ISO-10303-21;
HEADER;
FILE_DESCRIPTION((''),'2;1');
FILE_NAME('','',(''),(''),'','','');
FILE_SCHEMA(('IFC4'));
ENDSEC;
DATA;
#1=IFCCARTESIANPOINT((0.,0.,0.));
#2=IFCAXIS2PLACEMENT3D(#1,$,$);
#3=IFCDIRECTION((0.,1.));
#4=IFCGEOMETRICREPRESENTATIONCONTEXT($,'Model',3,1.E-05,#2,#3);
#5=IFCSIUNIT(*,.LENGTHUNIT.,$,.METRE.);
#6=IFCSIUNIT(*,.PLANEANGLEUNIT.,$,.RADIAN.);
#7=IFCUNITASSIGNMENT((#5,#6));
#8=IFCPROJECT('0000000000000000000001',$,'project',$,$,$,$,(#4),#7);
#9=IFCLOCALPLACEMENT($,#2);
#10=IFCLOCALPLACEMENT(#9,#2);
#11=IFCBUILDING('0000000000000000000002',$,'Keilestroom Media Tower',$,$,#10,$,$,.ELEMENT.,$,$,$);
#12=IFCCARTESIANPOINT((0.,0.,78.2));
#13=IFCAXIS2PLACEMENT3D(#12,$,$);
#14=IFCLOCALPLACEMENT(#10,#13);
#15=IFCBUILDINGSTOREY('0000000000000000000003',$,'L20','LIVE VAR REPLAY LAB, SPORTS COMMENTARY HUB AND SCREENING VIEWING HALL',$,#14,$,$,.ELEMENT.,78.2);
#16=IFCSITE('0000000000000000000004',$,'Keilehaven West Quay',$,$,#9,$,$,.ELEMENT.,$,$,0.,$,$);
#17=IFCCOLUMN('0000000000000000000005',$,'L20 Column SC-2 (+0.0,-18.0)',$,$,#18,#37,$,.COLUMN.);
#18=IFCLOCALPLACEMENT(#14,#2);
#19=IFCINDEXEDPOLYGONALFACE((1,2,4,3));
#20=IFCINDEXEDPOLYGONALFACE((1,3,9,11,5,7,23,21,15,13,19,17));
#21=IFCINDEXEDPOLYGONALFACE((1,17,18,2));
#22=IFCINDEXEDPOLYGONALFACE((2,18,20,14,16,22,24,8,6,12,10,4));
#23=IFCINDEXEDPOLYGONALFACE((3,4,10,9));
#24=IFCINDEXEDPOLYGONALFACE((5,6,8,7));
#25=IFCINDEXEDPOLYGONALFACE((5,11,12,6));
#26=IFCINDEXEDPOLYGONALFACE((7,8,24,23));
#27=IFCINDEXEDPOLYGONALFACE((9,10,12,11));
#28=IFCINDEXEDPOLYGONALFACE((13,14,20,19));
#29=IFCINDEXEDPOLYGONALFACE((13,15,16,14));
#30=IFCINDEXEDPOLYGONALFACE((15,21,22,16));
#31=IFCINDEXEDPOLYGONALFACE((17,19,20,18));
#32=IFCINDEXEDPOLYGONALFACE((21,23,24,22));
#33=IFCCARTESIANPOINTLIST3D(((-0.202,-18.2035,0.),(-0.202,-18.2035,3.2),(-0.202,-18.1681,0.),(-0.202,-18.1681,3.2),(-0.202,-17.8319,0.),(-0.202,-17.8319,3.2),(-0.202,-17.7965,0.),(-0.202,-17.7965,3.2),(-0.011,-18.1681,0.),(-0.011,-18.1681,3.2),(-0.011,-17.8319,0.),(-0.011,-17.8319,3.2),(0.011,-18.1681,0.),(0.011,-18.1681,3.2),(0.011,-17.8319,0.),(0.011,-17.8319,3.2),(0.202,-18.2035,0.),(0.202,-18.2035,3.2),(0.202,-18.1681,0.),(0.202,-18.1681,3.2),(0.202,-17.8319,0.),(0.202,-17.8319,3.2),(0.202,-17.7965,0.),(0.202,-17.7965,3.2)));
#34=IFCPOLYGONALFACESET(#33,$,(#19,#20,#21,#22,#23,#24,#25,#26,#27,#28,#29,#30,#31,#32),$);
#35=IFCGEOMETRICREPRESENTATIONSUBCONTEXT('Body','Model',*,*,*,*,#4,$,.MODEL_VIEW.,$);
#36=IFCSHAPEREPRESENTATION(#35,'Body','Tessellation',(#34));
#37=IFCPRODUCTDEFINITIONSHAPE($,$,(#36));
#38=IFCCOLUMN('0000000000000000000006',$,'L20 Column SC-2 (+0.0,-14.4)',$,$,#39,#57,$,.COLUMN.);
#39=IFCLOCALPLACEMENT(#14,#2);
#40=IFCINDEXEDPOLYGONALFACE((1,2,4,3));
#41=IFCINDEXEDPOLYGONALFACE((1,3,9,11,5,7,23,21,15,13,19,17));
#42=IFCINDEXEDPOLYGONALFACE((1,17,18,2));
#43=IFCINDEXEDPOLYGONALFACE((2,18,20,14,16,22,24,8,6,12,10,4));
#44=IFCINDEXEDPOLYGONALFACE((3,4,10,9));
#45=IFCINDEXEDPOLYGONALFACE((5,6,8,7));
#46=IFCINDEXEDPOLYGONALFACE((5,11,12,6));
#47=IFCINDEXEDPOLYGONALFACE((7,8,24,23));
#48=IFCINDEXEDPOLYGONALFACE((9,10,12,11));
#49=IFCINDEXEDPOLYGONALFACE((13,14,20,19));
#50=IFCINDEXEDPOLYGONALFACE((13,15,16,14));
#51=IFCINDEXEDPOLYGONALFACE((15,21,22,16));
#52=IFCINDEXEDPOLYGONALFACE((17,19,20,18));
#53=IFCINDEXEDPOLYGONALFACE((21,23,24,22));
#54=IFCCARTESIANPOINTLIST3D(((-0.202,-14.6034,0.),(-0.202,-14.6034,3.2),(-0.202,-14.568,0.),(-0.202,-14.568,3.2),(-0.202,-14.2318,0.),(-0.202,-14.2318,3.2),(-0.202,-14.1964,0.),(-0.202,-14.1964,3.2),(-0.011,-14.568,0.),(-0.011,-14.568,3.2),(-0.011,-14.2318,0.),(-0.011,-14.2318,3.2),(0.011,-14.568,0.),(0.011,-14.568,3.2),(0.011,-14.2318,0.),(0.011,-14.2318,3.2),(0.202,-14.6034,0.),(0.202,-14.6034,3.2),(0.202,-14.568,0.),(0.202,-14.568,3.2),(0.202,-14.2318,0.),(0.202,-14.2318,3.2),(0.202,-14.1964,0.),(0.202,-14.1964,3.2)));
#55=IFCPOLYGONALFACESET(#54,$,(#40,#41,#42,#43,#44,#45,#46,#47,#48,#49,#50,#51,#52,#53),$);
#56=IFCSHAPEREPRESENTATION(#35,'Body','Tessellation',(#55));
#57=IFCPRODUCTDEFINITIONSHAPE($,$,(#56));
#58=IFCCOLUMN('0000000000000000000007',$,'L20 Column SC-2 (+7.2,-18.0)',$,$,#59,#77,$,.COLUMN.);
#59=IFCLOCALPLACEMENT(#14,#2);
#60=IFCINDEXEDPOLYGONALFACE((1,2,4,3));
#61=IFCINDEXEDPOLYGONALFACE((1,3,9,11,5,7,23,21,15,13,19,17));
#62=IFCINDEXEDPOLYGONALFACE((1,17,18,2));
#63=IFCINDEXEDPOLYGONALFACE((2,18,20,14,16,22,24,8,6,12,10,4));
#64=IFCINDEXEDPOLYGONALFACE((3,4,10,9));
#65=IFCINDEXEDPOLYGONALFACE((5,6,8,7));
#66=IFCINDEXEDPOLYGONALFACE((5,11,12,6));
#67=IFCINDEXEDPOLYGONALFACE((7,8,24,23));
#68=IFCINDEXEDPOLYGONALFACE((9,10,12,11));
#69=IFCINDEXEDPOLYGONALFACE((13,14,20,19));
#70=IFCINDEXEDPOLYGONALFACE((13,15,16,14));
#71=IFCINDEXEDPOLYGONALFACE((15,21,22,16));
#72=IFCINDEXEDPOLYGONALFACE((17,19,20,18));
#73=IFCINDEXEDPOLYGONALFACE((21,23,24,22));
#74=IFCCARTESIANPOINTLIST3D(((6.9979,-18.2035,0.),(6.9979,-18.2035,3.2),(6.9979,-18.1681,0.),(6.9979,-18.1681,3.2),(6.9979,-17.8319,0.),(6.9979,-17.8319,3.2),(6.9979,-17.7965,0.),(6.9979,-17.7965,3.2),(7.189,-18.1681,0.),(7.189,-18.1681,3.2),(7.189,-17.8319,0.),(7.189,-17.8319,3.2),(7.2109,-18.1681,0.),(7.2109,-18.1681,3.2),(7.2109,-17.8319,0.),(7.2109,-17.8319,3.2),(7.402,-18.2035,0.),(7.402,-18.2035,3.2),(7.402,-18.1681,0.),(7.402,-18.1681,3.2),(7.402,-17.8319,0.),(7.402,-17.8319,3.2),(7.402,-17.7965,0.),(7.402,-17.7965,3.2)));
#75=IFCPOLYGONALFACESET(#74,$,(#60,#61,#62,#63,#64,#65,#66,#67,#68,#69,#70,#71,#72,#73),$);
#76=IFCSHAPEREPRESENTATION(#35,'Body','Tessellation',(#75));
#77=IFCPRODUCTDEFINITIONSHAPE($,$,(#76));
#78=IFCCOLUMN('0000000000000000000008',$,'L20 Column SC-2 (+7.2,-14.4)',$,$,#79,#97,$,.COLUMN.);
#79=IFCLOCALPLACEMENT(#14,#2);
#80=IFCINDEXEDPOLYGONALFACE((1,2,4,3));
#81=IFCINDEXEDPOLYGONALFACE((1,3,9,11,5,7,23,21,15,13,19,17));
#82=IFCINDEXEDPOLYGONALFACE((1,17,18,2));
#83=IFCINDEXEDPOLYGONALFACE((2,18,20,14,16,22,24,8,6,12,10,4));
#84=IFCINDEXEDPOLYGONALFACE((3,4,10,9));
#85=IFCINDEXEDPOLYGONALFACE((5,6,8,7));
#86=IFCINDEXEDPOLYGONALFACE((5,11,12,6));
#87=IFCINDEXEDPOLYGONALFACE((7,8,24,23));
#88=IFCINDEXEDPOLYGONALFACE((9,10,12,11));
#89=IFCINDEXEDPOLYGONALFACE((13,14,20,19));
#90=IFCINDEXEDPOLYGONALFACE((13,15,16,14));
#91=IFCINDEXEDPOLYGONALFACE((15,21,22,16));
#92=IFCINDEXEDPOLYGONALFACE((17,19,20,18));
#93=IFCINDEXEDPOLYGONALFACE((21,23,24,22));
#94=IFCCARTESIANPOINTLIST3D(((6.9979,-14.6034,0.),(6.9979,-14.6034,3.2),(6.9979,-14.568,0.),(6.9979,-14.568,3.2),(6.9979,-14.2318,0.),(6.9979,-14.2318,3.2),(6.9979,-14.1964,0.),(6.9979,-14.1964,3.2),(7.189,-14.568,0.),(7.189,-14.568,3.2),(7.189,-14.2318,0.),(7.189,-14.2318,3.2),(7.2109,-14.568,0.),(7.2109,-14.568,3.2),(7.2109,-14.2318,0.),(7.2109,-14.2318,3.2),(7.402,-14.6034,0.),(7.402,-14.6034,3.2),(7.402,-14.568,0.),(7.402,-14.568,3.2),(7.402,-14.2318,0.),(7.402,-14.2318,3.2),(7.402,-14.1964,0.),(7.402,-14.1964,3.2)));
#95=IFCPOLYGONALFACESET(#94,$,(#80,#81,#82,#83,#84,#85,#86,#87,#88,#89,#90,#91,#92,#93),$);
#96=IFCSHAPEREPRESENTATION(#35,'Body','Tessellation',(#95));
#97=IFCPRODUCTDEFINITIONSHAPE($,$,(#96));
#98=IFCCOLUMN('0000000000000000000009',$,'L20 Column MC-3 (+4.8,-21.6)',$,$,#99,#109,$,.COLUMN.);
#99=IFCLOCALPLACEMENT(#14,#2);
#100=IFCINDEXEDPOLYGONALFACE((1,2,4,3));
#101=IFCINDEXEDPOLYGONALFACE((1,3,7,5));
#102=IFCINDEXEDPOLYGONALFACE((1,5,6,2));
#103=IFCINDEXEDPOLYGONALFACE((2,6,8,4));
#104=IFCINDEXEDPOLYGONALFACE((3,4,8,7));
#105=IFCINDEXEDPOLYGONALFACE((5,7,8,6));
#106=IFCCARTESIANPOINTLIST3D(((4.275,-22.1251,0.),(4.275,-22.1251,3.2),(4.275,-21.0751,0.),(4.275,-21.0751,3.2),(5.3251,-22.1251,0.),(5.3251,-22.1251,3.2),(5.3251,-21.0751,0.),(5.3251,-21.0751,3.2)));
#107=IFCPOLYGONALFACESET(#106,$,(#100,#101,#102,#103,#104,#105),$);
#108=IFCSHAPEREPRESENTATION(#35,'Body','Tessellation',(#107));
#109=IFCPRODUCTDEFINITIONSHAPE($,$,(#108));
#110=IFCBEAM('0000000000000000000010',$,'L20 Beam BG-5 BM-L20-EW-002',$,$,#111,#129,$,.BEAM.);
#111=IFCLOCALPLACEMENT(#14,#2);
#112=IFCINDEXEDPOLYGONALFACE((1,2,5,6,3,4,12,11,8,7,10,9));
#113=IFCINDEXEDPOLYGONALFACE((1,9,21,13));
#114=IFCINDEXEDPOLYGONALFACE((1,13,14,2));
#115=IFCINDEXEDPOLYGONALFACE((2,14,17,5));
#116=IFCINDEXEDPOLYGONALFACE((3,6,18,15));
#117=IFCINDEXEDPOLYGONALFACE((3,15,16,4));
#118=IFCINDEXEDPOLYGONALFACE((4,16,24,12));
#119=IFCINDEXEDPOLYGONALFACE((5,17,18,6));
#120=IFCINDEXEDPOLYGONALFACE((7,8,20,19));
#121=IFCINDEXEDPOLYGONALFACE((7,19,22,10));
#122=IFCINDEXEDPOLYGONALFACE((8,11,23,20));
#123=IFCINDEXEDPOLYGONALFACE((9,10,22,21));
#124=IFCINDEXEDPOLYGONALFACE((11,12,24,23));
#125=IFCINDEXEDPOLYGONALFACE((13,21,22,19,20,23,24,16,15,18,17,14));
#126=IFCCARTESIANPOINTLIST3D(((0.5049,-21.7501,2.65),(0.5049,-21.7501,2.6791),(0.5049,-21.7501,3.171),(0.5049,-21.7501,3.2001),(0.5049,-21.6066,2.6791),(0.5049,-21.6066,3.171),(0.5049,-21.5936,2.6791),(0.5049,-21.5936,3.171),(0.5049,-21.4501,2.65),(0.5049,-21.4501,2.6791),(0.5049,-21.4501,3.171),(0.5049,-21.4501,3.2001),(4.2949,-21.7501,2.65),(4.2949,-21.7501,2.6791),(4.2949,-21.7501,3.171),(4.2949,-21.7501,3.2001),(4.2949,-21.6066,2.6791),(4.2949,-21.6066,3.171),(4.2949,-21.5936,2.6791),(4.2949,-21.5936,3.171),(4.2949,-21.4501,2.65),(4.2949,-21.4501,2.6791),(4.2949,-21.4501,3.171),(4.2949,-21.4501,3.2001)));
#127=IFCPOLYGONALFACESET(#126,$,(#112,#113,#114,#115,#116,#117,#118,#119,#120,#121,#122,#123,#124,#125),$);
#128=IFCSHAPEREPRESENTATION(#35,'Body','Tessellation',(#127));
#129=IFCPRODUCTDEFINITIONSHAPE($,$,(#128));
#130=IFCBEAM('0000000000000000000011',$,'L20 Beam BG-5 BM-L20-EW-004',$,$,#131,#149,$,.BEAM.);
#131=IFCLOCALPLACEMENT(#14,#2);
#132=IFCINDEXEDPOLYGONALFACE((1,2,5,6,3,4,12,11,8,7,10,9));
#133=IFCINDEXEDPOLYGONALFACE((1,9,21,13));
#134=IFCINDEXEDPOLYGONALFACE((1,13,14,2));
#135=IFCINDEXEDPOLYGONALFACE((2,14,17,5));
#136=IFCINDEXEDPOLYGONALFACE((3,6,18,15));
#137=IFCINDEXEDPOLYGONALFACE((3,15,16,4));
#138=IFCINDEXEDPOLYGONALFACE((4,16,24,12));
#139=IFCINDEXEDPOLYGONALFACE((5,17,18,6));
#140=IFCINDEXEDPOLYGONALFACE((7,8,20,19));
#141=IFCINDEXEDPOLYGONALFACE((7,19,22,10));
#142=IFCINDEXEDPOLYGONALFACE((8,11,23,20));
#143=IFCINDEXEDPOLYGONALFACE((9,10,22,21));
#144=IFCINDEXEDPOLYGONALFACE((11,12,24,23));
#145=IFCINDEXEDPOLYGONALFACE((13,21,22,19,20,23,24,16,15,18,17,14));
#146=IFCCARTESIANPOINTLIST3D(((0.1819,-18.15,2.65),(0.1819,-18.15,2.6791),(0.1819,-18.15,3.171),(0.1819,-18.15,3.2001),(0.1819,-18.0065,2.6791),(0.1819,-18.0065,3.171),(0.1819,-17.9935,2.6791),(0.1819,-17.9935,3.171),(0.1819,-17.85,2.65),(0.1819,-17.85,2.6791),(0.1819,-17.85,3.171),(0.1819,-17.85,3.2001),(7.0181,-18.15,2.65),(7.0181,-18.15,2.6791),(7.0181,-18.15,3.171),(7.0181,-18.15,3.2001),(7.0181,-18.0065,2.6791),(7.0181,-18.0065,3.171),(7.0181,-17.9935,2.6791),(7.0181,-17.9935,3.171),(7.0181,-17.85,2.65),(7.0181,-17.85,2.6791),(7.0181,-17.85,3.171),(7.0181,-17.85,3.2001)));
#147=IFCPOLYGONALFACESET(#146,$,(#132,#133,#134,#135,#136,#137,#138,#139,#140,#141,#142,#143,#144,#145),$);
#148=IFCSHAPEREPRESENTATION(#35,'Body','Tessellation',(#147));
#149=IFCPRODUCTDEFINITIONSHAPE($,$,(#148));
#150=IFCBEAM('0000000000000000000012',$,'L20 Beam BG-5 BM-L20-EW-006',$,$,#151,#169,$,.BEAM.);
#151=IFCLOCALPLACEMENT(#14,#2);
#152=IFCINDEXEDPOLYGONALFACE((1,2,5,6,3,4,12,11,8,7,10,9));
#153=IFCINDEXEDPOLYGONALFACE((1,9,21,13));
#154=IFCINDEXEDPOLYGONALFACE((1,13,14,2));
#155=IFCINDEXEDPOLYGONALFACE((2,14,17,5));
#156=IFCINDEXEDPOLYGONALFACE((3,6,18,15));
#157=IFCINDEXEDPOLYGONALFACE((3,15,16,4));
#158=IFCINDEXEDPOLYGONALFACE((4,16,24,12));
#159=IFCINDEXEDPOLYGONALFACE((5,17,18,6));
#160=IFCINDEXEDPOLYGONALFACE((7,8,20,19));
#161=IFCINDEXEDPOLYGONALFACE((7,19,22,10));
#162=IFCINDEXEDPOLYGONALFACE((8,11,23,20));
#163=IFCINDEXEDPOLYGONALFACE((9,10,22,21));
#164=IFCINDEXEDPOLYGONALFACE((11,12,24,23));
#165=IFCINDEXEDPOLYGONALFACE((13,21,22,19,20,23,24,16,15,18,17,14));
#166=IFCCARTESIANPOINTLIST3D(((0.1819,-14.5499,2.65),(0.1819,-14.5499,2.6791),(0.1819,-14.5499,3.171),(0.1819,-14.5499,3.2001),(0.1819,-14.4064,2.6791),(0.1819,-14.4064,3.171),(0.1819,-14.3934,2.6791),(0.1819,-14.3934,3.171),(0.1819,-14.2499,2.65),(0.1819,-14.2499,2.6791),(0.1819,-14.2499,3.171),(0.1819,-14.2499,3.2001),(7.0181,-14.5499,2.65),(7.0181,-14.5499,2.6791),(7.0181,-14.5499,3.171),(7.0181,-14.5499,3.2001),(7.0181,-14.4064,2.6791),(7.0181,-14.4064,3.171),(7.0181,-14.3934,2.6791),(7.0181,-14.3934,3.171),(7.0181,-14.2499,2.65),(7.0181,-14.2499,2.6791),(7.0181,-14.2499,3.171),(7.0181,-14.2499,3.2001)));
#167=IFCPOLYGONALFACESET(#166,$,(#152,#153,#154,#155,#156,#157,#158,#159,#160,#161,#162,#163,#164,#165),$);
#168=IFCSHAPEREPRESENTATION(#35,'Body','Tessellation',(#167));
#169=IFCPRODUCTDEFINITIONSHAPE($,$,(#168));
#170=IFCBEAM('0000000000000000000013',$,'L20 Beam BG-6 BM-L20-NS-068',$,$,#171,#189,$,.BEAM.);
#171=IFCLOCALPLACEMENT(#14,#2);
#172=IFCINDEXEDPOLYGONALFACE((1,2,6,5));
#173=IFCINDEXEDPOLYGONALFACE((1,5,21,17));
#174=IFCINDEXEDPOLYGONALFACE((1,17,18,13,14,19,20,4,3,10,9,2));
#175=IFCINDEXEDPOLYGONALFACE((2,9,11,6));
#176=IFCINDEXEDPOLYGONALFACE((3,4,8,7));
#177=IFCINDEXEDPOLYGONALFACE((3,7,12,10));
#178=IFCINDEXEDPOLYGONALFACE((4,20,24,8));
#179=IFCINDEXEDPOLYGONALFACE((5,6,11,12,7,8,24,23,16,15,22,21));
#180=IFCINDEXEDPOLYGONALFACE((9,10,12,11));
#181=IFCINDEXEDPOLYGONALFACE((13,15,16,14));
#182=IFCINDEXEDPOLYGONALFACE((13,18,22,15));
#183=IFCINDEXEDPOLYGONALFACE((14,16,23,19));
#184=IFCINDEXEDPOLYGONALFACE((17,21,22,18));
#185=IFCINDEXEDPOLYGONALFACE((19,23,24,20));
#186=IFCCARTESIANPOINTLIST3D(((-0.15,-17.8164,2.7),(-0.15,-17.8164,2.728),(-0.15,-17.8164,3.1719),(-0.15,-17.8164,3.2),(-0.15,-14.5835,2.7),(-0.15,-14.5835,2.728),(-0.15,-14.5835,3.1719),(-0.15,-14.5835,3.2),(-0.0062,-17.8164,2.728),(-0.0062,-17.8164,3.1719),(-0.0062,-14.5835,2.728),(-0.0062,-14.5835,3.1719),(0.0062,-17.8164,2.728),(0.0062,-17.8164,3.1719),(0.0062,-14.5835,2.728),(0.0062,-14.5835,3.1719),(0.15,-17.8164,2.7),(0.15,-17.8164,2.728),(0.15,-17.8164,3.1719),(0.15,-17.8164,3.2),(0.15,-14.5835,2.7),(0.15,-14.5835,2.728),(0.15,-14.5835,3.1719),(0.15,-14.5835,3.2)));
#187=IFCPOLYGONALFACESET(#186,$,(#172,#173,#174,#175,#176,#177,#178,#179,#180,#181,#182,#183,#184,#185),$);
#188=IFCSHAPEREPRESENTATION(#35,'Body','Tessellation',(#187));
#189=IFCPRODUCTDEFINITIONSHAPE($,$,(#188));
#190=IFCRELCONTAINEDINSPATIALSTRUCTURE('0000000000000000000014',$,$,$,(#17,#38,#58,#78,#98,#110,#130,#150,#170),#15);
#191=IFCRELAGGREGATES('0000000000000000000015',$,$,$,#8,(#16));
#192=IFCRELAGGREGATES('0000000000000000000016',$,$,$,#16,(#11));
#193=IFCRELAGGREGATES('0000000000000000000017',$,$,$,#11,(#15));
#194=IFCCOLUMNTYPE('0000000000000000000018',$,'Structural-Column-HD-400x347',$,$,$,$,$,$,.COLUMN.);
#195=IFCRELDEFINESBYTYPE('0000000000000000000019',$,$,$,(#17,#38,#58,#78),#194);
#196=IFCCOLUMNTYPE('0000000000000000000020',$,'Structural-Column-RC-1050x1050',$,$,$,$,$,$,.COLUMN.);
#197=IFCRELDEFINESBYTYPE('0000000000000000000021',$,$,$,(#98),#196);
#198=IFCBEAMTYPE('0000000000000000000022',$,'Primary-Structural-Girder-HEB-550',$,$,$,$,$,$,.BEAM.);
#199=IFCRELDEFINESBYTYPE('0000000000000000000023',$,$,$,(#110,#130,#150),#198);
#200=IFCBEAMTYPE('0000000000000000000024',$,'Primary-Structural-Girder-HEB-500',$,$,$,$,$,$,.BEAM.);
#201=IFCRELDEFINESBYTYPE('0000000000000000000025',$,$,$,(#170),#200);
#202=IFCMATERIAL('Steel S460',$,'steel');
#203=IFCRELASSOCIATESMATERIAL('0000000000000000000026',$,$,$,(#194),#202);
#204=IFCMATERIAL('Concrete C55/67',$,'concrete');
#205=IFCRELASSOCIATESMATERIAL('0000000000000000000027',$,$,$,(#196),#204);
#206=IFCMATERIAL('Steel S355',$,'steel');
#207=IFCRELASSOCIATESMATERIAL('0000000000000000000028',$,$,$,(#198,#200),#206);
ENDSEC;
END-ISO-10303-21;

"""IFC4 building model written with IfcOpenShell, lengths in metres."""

from ifc_helpers import new_model, si_unit, direction, frame, origin, origin_2d, place, context, subcontext, project, spatial, rectangle, i_section, extrude, source, transform, mapped, material, material_profile, profile_set, type_object, element, save


model = new_model("IFC4")

# Units and contexts
model_context = context("Model", 3, precision=1e-05, world=origin(), true_north=direction((0.0, 1.0)))
body_context = subcontext(model_context, "Body", "Model", "MODEL_VIEW")
ifc_project = project(units=[si_unit("LENGTHUNIT", "METRE"), si_unit("PLANEANGLEUNIT", "RADIAN")], contexts=[model_context])

# Site, building, storey
site_placement = place(None, origin())
site = spatial("IfcSite", under=ifc_project, at=site_placement, Name="Keilehaven West Quay", CompositionType="ELEMENT", RefElevation=0.0)
building_placement = place(site_placement, origin())
building = spatial("IfcBuilding", under=site, at=building_placement, Name="Keilestroom Media Tower", CompositionType="ELEMENT")
storey_placement = place(building_placement, frame((0.0, 0.0, 78.2)))
storey = spatial("IfcBuildingStorey", under=building, at=storey_placement, Name="L20", Description="LIVE VAR REPLAY LAB, SPORTS COMMENTARY HUB AND SCREENING VIEWING HALL", CompositionType="ELEMENT", Elevation=78.2)

# Columns
ifc_material_1 = material(Name="Steel S460", Category="steel")
ifc_material_profile_1 = material_profile(ifc_material_1, i_section(OverallWidth=0.4041, OverallDepth=0.407, WebThickness=0.022, FlangeThickness=0.0354, at=origin_2d()), Name="HD 400x347")
ifc_profile_set_1 = profile_set([ifc_material_profile_1], Name="Steel S460")
column_type_1 = type_object("IfcColumnType", Name="Structural-Column-HD-400x347", PredefinedType="COLUMN", material=ifc_profile_set_1)
shared_shape_1 = source(origin(), body_context, "Body", "SweptSolid", [
    extrude(i_section(OverallWidth=0.4041, OverallDepth=0.407, WebThickness=0.022, FlangeThickness=0.0354, at=origin_2d()), origin(), (0.0, 0.0, 1.0), 3.2),
])
for number, where, z_axis, x_axis, name in (
    (1, (0.0, -18.0, 0.0), (0.0, 0.0, 1.0), (1.0, 0.0, 0.0), "L20 Column SC-2 (+0.0,-18.0)"),
    (2, (0.0, -14.3999, 0.0), (0.0, 0.0, 1.0), (1.0, 0.0, 0.0), "L20 Column SC-2 (+0.0,-14.4)"),
    (3, (7.2, -18.0, 0.0), (0.0, 0.0, 1.0), (1.0, 0.0, 0.0), "L20 Column SC-2 (+7.2,-18.0)"),
    (4, (7.2, -14.3999, 0.0), (0.0, 0.0, 1.0), (1.0, 0.0, 0.0), "L20 Column SC-2 (+7.2,-14.4)"),
):
    element("IfcColumn", number, at=place(storey_placement, frame(where, z_axis=z_axis, x_axis=x_axis)), inside=storey, type_object=column_type_1, Name=name, PredefinedType="COLUMN", context=body_context, shape_type="MappedRepresentation", body=[
        mapped(shared_shape_1, transform((0.0, 0.0, 0.0), x_axis=(1.0, 0.0, 0.0), y_axis=(0.0, 1.0, 0.0), z_axis=(0.0, 0.0, 1.0), scale=1.0)),
    ])
ifc_material_2 = material(Name="Concrete C55/67", Category="concrete")
ifc_material_profile_2 = material_profile(ifc_material_2, rectangle(XDim=1.05, YDim=1.05, at=origin_2d()), Name="RC 1050x1050")
ifc_profile_set_2 = profile_set([ifc_material_profile_2], Name="Concrete C55/67")
column_type_2 = type_object("IfcColumnType", Name="Structural-Column-RC-1050x1050", PredefinedType="COLUMN", material=ifc_profile_set_2)
shared_shape_2 = source(origin(), body_context, "Body", "SweptSolid", [
    extrude(rectangle(XDim=1.05, YDim=1.05, at=origin_2d()), origin(), (0.0, 0.0, 1.0), 3.2),
])
column_placement = place(storey_placement, frame((4.8, -21.6001, 0.0), z_axis=(0.0, 0.0, 1.0), x_axis=(1.0, 0.0, 0.0)))
element("IfcColumn", 5, at=column_placement, inside=storey, type_object=column_type_2, Name="L20 Column MC-3 (+4.8,-21.6)", PredefinedType="COLUMN", context=body_context, shape_type="MappedRepresentation", body=[
    mapped(shared_shape_2, transform((0.0, 0.0, 0.0), x_axis=(1.0, 0.0, 0.0), y_axis=(0.0, 1.0, 0.0), z_axis=(0.0, 0.0, 1.0), scale=1.0)),
])

# Beams
ifc_material_3 = material(Name="Steel S355", Category="steel")
ifc_material_profile_3 = material_profile(ifc_material_3, i_section(OverallWidth=0.3, OverallDepth=0.55, WebThickness=0.0129, FlangeThickness=0.0291, at=origin_2d()), Name="HEB 550")
ifc_profile_set_3 = profile_set([ifc_material_profile_3], Name="Steel S355")
beam_type_1 = type_object("IfcBeamType", Name="Primary-Structural-Girder-HEB-550", PredefinedType="BEAM", material=ifc_profile_set_3)
shared_shape_3 = source(origin(), body_context, "Body", "SweptSolid", [
    extrude(i_section(OverallWidth=0.3, OverallDepth=0.55, WebThickness=0.0129, FlangeThickness=0.0291, at=origin_2d()), origin(), (0.0, 0.0, 1.0), 3.79),
])
beam_1_placement = place(storey_placement, frame((0.5049, -21.6001, 2.925), z_axis=(1.0, 0.0, 0.0), x_axis=(0.0, 1.0, 0.0)))
element("IfcBeam", 6, at=beam_1_placement, inside=storey, type_object=beam_type_1, Name="L20 Beam BG-5 BM-L20-EW-002", PredefinedType="BEAM", context=body_context, shape_type="MappedRepresentation", body=[
    mapped(shared_shape_3, transform((0.0, 0.0, 0.0), x_axis=(1.0, 0.0, 0.0), y_axis=(0.0, 1.0, 0.0), z_axis=(0.0, 0.0, 1.0), scale=1.0)),
])
shared_shape_4 = source(origin(), body_context, "Body", "SweptSolid", [
    extrude(i_section(OverallWidth=0.3, OverallDepth=0.55, WebThickness=0.0129, FlangeThickness=0.0291, at=origin_2d()), origin(), (0.0, 0.0, 1.0), 6.8362),
])
for number, where, z_axis, x_axis, name in (
    (7, (0.1819, -18.0, 2.925), (1.0, 0.0, 0.0), (0.0, 1.0, 0.0), "L20 Beam BG-5 BM-L20-EW-004"),
    (8, (0.1819, -14.3999, 2.925), (1.0, 0.0, 0.0), (0.0, 1.0, 0.0), "L20 Beam BG-5 BM-L20-EW-006"),
):
    element("IfcBeam", number, at=place(storey_placement, frame(where, z_axis=z_axis, x_axis=x_axis)), inside=storey, type_object=beam_type_1, Name=name, PredefinedType="BEAM", context=body_context, shape_type="MappedRepresentation", body=[
        mapped(shared_shape_4, transform((0.0, 0.0, 0.0), x_axis=(1.0, 0.0, 0.0), y_axis=(0.0, 1.0, 0.0), z_axis=(0.0, 0.0, 1.0), scale=1.0)),
    ])
ifc_material_profile_4 = material_profile(ifc_material_3, i_section(OverallWidth=0.3, OverallDepth=0.5, WebThickness=0.0125, FlangeThickness=0.0281, at=origin_2d()), Name="HEB 500")
ifc_profile_set_4 = profile_set([ifc_material_profile_4], Name="Steel S355")
beam_type_2 = type_object("IfcBeamType", Name="Primary-Structural-Girder-HEB-500", PredefinedType="BEAM", material=ifc_profile_set_4)
shared_shape_5 = source(origin(), body_context, "Body", "SweptSolid", [
    extrude(i_section(OverallWidth=0.3, OverallDepth=0.5, WebThickness=0.0125, FlangeThickness=0.0281, at=origin_2d()), origin(), (0.0, 0.0, 1.0), 3.2329),
])
for number, where, z_axis, x_axis, name in (
    (9, (0.0, -17.8164, 2.95), (0.0, 1.0, 0.0), (-1.0, 0.0, 0.0), "L20 Beam BG-6 BM-L20-NS-068"),
):
    element("IfcBeam", number, at=place(storey_placement, frame(where, z_axis=z_axis, x_axis=x_axis)), inside=storey, type_object=beam_type_2, Name=name, PredefinedType="BEAM", context=body_context, shape_type="MappedRepresentation", body=[
        mapped(shared_shape_5, transform((0.0, 0.0, 0.0), x_axis=(1.0, 0.0, 0.0), y_axis=(0.0, 1.0, 0.0), z_axis=(0.0, 0.0, 1.0), scale=1.0)),
    ])

save(model, "model.ifc")
